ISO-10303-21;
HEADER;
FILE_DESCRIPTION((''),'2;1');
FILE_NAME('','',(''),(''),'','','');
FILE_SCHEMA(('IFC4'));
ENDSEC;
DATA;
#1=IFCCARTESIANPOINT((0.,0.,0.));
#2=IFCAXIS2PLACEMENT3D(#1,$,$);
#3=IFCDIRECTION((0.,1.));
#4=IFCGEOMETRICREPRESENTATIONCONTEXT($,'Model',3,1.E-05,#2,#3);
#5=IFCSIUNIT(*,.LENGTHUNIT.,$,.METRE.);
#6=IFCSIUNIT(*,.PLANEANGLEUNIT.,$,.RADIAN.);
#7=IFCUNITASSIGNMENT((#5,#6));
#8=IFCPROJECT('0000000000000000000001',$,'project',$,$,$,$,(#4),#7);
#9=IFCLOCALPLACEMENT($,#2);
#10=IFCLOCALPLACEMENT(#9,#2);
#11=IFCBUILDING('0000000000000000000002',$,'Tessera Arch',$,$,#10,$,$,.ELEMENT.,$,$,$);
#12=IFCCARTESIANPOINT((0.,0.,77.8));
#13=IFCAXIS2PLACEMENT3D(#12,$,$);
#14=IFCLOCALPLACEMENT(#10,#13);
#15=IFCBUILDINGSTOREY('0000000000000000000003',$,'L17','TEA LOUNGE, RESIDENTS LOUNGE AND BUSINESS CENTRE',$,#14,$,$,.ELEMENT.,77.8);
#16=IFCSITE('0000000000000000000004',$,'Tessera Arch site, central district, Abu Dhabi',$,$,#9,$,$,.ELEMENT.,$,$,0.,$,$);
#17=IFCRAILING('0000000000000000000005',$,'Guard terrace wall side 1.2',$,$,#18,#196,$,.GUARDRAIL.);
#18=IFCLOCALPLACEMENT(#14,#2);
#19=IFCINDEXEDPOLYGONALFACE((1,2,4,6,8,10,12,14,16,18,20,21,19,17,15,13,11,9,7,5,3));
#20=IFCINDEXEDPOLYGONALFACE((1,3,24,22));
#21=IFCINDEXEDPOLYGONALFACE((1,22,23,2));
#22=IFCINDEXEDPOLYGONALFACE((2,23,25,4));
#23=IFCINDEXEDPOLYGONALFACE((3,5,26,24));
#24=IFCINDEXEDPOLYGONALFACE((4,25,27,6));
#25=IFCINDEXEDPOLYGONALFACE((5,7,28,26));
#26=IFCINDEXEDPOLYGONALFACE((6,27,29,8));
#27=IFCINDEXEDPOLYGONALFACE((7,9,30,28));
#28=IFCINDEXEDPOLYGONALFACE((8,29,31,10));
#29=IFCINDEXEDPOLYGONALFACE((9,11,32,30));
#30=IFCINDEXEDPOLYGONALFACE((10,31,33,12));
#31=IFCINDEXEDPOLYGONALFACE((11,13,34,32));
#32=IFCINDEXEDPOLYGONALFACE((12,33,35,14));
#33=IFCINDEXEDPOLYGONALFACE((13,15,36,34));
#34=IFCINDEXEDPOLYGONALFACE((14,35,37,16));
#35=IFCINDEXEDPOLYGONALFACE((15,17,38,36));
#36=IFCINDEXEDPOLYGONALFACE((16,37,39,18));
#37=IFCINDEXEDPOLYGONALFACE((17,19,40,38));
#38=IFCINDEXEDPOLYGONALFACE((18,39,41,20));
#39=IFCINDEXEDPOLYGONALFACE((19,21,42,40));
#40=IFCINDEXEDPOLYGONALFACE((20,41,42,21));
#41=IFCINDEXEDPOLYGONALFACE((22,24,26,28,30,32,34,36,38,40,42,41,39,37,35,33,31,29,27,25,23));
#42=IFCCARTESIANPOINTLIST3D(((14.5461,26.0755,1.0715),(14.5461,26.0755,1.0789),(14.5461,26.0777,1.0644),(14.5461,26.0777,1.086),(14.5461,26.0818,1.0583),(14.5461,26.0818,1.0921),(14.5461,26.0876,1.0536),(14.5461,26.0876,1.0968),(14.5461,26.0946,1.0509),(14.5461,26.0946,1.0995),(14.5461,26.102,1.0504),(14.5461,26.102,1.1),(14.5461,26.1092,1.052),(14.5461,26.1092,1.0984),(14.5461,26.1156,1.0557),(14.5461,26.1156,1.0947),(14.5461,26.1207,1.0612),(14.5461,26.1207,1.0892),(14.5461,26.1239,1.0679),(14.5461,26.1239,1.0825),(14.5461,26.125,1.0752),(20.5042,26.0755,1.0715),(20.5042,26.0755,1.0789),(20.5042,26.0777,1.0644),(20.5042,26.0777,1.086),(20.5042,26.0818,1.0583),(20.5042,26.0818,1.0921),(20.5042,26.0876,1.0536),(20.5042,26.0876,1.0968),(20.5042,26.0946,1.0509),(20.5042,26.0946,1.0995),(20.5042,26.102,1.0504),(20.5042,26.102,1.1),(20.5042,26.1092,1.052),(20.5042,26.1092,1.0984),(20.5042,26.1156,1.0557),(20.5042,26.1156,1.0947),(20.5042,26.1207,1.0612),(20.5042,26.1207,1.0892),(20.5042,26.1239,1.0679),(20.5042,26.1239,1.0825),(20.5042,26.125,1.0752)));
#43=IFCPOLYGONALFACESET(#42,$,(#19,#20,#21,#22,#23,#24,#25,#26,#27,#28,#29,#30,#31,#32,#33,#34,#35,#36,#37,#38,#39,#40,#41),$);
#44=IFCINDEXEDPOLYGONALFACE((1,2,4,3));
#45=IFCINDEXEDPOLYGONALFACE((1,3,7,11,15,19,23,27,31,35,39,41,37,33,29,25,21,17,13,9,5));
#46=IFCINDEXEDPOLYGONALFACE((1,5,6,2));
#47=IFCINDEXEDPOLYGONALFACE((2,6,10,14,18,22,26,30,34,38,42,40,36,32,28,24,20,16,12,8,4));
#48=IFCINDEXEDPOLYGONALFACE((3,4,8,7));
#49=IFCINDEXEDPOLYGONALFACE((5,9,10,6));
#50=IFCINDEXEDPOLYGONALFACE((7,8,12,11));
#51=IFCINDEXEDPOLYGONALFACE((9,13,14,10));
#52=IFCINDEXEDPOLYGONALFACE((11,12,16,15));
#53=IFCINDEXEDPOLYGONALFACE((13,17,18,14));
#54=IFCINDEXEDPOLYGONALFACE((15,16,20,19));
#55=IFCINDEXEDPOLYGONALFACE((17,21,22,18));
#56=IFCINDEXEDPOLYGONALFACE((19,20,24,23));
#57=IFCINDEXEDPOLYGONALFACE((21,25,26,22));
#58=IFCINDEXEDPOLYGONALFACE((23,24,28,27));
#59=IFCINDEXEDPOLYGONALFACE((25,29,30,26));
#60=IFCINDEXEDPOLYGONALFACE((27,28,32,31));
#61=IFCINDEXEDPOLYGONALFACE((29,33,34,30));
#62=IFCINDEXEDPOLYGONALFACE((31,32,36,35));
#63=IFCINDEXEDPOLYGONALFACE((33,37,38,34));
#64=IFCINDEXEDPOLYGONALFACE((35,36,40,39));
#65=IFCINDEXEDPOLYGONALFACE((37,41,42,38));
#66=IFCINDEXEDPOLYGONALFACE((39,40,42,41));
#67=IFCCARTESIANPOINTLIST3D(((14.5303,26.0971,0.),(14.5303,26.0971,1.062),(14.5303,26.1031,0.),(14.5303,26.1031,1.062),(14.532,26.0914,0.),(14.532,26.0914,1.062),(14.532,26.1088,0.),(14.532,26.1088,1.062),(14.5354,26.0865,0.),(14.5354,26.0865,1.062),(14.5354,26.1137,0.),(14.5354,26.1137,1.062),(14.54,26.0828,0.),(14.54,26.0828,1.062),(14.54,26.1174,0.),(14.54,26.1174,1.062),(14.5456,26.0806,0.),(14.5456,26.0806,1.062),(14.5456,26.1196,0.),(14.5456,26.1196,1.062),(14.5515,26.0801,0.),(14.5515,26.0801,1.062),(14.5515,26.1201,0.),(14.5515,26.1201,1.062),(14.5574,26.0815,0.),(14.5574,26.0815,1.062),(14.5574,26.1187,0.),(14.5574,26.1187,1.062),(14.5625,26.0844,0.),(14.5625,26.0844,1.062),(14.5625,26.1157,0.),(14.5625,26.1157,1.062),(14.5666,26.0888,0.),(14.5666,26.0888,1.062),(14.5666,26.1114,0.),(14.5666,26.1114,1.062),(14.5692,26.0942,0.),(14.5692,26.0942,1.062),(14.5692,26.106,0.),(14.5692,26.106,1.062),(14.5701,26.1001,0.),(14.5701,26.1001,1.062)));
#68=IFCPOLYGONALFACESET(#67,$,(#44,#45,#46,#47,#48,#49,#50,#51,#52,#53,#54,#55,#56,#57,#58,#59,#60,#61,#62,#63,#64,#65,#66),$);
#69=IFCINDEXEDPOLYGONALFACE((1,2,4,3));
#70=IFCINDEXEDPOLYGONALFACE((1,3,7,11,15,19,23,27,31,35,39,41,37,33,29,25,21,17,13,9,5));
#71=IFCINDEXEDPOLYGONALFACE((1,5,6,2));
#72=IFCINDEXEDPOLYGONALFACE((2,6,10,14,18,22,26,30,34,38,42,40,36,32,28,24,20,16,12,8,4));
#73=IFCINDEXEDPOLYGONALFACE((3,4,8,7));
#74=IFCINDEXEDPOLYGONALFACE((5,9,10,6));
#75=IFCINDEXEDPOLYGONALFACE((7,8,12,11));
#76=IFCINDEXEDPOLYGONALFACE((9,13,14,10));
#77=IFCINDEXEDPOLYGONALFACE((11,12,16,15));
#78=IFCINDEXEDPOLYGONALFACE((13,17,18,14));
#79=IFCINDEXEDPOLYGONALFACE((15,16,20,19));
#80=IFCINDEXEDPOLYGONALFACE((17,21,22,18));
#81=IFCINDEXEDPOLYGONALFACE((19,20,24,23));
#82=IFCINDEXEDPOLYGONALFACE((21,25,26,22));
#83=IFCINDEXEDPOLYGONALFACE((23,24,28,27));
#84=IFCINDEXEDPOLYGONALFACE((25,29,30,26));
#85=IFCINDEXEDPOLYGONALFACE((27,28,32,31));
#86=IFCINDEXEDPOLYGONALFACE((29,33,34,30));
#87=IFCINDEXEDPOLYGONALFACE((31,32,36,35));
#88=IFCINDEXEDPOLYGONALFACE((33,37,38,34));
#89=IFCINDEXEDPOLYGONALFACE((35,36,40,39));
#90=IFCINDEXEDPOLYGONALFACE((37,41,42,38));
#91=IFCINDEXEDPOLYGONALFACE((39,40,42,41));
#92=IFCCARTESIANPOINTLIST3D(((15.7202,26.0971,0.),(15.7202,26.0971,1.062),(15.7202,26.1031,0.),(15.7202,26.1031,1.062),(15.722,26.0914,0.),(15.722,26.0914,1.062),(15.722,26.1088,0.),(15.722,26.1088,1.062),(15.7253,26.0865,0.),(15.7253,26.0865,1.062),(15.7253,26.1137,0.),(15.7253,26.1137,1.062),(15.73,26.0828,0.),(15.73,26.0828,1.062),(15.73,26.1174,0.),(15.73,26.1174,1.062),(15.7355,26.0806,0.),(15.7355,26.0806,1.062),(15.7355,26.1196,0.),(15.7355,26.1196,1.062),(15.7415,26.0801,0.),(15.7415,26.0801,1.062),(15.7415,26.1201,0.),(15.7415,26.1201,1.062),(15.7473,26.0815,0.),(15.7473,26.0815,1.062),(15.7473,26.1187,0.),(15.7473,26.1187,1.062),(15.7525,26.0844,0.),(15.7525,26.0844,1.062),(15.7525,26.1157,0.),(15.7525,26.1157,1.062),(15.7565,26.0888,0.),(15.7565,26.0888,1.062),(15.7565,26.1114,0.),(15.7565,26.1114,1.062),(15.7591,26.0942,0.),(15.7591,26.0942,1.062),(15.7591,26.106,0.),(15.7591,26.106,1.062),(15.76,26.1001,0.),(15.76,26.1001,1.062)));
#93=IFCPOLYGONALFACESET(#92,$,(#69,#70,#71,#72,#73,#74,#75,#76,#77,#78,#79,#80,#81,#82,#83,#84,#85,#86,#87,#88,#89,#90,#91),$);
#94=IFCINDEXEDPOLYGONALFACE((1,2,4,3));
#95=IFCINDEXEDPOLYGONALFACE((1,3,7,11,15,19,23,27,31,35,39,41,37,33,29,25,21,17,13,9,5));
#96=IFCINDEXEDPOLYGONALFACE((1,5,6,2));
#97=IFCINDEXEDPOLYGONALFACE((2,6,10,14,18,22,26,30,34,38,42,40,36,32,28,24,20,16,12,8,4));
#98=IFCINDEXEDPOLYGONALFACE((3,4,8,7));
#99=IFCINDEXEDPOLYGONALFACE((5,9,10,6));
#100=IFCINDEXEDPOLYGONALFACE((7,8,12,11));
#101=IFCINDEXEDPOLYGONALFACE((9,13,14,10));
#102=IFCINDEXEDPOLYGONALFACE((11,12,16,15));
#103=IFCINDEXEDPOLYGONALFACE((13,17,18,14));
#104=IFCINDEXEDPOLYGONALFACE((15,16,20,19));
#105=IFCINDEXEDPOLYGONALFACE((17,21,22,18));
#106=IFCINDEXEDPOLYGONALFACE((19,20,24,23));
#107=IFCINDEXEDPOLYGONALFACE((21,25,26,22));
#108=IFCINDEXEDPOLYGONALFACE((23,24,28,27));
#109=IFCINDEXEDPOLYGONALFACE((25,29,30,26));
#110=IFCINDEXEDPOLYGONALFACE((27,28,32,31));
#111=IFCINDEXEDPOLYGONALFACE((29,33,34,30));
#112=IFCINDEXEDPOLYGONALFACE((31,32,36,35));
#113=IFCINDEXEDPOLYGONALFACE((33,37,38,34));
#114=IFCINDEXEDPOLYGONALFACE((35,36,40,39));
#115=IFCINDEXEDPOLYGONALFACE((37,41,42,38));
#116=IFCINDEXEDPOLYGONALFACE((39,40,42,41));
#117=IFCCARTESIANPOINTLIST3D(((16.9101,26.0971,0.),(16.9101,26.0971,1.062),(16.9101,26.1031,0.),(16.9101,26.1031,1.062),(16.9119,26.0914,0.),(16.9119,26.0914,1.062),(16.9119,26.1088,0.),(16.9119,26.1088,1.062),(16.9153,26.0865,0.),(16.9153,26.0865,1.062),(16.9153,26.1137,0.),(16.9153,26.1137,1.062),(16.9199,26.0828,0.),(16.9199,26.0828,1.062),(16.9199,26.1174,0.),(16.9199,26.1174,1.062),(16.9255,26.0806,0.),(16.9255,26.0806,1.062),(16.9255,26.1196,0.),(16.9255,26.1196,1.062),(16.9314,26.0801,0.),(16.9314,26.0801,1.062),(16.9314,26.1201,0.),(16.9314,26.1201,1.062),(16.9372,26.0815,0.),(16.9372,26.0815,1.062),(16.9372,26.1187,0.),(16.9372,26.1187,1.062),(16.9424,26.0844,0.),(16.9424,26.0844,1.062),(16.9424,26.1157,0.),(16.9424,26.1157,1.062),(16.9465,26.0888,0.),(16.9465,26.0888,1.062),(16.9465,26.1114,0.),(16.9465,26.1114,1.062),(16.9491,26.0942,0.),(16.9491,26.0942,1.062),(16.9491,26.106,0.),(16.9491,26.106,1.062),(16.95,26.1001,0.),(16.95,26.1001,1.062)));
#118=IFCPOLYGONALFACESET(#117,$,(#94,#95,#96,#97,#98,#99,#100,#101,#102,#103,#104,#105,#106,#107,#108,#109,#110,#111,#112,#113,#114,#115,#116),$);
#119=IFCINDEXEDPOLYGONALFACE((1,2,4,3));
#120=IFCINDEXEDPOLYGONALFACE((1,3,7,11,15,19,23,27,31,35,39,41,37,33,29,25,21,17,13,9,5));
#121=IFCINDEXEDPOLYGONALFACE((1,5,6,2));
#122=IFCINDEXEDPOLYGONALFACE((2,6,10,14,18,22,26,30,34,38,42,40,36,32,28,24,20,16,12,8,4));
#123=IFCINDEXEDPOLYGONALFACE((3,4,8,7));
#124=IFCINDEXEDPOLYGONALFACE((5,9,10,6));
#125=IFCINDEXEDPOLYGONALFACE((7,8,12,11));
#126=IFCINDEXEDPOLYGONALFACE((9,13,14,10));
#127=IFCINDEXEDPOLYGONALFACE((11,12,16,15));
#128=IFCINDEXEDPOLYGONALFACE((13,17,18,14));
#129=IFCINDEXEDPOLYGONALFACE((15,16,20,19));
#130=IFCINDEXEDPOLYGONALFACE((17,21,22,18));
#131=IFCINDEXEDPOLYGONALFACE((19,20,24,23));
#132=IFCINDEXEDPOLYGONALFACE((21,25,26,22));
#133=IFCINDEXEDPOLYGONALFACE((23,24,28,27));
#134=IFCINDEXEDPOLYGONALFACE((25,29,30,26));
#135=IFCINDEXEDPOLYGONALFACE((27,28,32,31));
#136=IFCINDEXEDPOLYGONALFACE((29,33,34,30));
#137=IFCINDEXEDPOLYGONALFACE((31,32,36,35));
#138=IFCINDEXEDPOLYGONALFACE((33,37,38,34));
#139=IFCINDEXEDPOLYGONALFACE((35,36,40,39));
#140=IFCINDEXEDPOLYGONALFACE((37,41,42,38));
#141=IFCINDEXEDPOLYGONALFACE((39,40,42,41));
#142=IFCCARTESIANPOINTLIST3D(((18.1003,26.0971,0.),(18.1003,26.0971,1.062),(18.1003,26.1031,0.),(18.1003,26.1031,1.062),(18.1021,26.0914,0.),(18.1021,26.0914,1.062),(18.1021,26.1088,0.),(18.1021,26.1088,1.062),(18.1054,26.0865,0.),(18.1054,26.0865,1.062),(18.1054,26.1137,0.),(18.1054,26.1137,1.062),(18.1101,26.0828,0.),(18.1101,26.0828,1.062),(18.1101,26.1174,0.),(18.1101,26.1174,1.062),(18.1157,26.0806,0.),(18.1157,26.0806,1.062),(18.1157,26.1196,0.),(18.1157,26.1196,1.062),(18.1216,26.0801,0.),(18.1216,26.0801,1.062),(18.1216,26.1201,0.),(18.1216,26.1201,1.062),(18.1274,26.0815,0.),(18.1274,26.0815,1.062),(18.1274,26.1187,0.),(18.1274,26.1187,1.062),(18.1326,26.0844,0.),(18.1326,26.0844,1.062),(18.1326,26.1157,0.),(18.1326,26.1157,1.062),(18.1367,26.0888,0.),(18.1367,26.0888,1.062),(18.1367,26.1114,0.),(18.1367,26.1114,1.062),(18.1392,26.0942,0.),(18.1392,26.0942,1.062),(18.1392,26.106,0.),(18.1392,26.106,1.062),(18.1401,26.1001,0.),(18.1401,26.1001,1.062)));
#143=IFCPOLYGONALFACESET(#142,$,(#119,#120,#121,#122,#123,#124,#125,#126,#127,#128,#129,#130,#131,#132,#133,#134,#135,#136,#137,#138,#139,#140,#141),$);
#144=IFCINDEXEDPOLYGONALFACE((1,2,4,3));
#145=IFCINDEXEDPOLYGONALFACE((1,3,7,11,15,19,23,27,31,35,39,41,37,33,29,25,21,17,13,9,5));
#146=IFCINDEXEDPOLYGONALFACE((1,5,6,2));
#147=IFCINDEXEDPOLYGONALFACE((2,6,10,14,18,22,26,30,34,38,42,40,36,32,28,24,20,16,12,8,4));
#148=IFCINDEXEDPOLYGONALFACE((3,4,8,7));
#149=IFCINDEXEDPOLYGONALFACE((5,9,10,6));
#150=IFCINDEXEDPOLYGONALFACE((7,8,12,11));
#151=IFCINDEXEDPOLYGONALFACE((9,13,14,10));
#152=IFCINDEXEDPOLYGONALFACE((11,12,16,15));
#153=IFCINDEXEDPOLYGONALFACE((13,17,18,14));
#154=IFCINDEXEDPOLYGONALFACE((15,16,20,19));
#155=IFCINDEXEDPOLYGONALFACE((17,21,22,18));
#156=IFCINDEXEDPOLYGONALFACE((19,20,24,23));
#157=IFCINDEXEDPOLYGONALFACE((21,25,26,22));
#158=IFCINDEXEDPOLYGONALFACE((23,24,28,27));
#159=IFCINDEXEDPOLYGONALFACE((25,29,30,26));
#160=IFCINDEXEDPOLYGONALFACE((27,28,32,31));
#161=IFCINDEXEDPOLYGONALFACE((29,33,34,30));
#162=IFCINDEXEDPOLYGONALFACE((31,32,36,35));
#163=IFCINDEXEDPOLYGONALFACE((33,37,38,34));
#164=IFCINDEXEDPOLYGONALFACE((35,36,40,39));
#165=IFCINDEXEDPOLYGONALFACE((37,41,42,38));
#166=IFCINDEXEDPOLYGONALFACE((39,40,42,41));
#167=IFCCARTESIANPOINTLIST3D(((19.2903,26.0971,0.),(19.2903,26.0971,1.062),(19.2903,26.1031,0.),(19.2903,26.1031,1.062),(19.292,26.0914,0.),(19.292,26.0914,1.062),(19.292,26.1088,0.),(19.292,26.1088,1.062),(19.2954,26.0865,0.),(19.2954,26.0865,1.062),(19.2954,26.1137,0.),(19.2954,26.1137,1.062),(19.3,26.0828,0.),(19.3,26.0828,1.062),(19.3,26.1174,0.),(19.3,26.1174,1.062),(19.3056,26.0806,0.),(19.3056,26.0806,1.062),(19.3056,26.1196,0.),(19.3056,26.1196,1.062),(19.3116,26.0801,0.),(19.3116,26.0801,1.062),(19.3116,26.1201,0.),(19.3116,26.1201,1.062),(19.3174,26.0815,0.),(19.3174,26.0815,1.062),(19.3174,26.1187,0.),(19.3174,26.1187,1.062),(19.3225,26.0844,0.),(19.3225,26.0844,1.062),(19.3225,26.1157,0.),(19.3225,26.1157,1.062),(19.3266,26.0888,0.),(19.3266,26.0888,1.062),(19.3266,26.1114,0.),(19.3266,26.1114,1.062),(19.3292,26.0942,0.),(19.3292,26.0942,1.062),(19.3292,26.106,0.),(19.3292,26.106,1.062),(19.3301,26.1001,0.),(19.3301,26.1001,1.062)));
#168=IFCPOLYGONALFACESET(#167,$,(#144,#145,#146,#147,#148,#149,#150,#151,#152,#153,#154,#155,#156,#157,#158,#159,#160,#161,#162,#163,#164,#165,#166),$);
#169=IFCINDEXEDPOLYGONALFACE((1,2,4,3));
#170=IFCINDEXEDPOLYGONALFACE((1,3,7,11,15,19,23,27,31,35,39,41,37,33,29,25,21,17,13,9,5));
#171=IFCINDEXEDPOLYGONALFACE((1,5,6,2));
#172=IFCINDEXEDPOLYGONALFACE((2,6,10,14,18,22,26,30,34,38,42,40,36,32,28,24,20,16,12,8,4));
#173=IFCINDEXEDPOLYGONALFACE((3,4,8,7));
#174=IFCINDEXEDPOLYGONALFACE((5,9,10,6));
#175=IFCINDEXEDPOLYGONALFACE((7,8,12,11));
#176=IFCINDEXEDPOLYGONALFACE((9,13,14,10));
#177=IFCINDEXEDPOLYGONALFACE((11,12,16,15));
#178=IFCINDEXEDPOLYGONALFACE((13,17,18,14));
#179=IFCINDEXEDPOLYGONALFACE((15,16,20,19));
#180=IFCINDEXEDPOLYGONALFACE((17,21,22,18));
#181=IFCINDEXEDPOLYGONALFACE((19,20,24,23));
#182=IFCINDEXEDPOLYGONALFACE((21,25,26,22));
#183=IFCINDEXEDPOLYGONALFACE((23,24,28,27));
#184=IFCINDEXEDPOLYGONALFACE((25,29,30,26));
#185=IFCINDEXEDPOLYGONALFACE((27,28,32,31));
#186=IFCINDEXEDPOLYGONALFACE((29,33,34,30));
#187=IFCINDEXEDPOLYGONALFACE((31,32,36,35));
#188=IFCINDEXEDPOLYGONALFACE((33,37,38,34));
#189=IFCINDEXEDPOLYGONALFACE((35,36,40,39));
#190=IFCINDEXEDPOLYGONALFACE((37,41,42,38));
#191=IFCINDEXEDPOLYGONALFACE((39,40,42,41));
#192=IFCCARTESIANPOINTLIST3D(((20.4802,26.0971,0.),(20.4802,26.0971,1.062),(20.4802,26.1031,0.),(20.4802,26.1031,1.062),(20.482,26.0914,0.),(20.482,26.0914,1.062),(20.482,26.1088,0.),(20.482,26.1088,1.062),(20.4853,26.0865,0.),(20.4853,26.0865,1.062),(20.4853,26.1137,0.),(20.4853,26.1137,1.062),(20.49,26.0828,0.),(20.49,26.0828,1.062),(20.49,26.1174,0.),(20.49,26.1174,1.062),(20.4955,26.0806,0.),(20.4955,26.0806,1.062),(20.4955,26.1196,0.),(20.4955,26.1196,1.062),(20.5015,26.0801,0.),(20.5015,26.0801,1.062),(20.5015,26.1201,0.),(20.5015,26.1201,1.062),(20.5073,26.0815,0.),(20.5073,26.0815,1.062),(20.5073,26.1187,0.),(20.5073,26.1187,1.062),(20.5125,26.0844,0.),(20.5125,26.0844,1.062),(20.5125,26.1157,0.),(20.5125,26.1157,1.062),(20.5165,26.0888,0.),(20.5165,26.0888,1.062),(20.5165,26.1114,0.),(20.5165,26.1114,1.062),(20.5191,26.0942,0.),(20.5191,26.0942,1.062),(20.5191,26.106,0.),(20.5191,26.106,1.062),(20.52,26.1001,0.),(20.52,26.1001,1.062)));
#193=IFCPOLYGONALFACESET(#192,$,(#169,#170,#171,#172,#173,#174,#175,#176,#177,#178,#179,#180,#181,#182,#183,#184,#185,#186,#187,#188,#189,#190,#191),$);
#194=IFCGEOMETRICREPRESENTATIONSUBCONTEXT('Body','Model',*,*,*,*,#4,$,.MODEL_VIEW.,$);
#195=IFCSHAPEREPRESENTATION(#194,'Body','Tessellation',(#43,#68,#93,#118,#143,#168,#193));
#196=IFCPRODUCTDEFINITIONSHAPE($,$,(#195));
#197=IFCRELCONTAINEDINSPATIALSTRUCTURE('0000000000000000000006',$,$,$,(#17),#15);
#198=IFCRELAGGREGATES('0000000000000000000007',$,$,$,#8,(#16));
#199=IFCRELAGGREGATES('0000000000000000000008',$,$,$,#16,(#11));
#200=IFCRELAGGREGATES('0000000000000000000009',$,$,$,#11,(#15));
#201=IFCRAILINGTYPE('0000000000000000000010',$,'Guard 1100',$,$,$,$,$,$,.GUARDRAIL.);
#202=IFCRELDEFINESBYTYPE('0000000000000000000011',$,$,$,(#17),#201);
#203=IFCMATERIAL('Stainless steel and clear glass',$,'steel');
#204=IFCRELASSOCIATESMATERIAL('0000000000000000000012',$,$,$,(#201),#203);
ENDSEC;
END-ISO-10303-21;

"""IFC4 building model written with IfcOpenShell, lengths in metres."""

from ifc_helpers import new_model, si_unit, direction, frame, origin, origin_2d, place, context, subcontext, project, spatial, circle, extrude, material, type_object, element, save


model = new_model("IFC4")

# Units and contexts
model_context = context("Model", 3, precision=1e-05, world=origin(), true_north=direction((0.0, 1.0)))
body_context = subcontext(model_context, "Body", "Model", "MODEL_VIEW")
ifc_project = project(units=[si_unit("LENGTHUNIT", "METRE"), si_unit("PLANEANGLEUNIT", "RADIAN")], contexts=[model_context])

# Site, building, storey
site_placement = place(None, origin())
site = spatial("IfcSite", under=ifc_project, at=site_placement, Name="Tessera Arch site, central district, Abu Dhabi", CompositionType="ELEMENT", RefElevation=0.0)
building_placement = place(site_placement, origin())
building = spatial("IfcBuilding", under=site, at=building_placement, Name="Tessera Arch", CompositionType="ELEMENT")
storey_placement = place(building_placement, frame((0.0, 0.0, 77.8)))
storey = spatial("IfcBuildingStorey", under=building, at=storey_placement, Name="L17", Description="TEA LOUNGE, RESIDENTS LOUNGE AND BUSINESS CENTRE", CompositionType="ELEMENT", Elevation=77.8)

# Railing
ifc_material_1 = material(Name="Stainless steel and clear glass", Category="steel")
railing_type = type_object("IfcRailingType", Name="Guard 1100", PredefinedType="GUARDRAIL", material=ifc_material_1)
railing_placement = place(storey_placement, frame((14.55, 26.1001, 0.0)))
element("IfcRailing", 1, at=railing_placement, inside=storey, type_object=railing_type, Name="Guard terrace wall side 1.2", PredefinedType="GUARDRAIL", context=body_context, shape_type="SweptSolid", body=[
    extrude(circle(Radius=0.0249, at=origin_2d()), frame((-0.0039, 0.0, 1.0752), z_axis=(1.0, 0.0, 0.0), x_axis=(0.0, 1.0, 0.0)), (0.0, 0.0, 1.0), 5.958),
    extrude(circle(Radius=0.02, at=origin_2d()), origin(), (0.0, 0.0, 1.0), 1.062),
    extrude(circle(Radius=0.02, at=origin_2d()), frame((1.1899, 0.0, 0.0)), (0.0, 0.0, 1.0), 1.062),
    extrude(circle(Radius=0.02, at=origin_2d()), frame((2.3799, 0.0, 0.0)), (0.0, 0.0, 1.0), 1.062),
    extrude(circle(Radius=0.02, at=origin_2d()), frame((3.5701, 0.0, 0.0)), (0.0, 0.0, 1.0), 1.062),
    extrude(circle(Radius=0.02, at=origin_2d()), frame((4.76, 0.0, 0.0)), (0.0, 0.0, 1.0), 1.062),
    extrude(circle(Radius=0.02, at=origin_2d()), frame((5.95, 0.0, 0.0)), (0.0, 0.0, 1.0), 1.062),
])

save(model, "model.ifc")
